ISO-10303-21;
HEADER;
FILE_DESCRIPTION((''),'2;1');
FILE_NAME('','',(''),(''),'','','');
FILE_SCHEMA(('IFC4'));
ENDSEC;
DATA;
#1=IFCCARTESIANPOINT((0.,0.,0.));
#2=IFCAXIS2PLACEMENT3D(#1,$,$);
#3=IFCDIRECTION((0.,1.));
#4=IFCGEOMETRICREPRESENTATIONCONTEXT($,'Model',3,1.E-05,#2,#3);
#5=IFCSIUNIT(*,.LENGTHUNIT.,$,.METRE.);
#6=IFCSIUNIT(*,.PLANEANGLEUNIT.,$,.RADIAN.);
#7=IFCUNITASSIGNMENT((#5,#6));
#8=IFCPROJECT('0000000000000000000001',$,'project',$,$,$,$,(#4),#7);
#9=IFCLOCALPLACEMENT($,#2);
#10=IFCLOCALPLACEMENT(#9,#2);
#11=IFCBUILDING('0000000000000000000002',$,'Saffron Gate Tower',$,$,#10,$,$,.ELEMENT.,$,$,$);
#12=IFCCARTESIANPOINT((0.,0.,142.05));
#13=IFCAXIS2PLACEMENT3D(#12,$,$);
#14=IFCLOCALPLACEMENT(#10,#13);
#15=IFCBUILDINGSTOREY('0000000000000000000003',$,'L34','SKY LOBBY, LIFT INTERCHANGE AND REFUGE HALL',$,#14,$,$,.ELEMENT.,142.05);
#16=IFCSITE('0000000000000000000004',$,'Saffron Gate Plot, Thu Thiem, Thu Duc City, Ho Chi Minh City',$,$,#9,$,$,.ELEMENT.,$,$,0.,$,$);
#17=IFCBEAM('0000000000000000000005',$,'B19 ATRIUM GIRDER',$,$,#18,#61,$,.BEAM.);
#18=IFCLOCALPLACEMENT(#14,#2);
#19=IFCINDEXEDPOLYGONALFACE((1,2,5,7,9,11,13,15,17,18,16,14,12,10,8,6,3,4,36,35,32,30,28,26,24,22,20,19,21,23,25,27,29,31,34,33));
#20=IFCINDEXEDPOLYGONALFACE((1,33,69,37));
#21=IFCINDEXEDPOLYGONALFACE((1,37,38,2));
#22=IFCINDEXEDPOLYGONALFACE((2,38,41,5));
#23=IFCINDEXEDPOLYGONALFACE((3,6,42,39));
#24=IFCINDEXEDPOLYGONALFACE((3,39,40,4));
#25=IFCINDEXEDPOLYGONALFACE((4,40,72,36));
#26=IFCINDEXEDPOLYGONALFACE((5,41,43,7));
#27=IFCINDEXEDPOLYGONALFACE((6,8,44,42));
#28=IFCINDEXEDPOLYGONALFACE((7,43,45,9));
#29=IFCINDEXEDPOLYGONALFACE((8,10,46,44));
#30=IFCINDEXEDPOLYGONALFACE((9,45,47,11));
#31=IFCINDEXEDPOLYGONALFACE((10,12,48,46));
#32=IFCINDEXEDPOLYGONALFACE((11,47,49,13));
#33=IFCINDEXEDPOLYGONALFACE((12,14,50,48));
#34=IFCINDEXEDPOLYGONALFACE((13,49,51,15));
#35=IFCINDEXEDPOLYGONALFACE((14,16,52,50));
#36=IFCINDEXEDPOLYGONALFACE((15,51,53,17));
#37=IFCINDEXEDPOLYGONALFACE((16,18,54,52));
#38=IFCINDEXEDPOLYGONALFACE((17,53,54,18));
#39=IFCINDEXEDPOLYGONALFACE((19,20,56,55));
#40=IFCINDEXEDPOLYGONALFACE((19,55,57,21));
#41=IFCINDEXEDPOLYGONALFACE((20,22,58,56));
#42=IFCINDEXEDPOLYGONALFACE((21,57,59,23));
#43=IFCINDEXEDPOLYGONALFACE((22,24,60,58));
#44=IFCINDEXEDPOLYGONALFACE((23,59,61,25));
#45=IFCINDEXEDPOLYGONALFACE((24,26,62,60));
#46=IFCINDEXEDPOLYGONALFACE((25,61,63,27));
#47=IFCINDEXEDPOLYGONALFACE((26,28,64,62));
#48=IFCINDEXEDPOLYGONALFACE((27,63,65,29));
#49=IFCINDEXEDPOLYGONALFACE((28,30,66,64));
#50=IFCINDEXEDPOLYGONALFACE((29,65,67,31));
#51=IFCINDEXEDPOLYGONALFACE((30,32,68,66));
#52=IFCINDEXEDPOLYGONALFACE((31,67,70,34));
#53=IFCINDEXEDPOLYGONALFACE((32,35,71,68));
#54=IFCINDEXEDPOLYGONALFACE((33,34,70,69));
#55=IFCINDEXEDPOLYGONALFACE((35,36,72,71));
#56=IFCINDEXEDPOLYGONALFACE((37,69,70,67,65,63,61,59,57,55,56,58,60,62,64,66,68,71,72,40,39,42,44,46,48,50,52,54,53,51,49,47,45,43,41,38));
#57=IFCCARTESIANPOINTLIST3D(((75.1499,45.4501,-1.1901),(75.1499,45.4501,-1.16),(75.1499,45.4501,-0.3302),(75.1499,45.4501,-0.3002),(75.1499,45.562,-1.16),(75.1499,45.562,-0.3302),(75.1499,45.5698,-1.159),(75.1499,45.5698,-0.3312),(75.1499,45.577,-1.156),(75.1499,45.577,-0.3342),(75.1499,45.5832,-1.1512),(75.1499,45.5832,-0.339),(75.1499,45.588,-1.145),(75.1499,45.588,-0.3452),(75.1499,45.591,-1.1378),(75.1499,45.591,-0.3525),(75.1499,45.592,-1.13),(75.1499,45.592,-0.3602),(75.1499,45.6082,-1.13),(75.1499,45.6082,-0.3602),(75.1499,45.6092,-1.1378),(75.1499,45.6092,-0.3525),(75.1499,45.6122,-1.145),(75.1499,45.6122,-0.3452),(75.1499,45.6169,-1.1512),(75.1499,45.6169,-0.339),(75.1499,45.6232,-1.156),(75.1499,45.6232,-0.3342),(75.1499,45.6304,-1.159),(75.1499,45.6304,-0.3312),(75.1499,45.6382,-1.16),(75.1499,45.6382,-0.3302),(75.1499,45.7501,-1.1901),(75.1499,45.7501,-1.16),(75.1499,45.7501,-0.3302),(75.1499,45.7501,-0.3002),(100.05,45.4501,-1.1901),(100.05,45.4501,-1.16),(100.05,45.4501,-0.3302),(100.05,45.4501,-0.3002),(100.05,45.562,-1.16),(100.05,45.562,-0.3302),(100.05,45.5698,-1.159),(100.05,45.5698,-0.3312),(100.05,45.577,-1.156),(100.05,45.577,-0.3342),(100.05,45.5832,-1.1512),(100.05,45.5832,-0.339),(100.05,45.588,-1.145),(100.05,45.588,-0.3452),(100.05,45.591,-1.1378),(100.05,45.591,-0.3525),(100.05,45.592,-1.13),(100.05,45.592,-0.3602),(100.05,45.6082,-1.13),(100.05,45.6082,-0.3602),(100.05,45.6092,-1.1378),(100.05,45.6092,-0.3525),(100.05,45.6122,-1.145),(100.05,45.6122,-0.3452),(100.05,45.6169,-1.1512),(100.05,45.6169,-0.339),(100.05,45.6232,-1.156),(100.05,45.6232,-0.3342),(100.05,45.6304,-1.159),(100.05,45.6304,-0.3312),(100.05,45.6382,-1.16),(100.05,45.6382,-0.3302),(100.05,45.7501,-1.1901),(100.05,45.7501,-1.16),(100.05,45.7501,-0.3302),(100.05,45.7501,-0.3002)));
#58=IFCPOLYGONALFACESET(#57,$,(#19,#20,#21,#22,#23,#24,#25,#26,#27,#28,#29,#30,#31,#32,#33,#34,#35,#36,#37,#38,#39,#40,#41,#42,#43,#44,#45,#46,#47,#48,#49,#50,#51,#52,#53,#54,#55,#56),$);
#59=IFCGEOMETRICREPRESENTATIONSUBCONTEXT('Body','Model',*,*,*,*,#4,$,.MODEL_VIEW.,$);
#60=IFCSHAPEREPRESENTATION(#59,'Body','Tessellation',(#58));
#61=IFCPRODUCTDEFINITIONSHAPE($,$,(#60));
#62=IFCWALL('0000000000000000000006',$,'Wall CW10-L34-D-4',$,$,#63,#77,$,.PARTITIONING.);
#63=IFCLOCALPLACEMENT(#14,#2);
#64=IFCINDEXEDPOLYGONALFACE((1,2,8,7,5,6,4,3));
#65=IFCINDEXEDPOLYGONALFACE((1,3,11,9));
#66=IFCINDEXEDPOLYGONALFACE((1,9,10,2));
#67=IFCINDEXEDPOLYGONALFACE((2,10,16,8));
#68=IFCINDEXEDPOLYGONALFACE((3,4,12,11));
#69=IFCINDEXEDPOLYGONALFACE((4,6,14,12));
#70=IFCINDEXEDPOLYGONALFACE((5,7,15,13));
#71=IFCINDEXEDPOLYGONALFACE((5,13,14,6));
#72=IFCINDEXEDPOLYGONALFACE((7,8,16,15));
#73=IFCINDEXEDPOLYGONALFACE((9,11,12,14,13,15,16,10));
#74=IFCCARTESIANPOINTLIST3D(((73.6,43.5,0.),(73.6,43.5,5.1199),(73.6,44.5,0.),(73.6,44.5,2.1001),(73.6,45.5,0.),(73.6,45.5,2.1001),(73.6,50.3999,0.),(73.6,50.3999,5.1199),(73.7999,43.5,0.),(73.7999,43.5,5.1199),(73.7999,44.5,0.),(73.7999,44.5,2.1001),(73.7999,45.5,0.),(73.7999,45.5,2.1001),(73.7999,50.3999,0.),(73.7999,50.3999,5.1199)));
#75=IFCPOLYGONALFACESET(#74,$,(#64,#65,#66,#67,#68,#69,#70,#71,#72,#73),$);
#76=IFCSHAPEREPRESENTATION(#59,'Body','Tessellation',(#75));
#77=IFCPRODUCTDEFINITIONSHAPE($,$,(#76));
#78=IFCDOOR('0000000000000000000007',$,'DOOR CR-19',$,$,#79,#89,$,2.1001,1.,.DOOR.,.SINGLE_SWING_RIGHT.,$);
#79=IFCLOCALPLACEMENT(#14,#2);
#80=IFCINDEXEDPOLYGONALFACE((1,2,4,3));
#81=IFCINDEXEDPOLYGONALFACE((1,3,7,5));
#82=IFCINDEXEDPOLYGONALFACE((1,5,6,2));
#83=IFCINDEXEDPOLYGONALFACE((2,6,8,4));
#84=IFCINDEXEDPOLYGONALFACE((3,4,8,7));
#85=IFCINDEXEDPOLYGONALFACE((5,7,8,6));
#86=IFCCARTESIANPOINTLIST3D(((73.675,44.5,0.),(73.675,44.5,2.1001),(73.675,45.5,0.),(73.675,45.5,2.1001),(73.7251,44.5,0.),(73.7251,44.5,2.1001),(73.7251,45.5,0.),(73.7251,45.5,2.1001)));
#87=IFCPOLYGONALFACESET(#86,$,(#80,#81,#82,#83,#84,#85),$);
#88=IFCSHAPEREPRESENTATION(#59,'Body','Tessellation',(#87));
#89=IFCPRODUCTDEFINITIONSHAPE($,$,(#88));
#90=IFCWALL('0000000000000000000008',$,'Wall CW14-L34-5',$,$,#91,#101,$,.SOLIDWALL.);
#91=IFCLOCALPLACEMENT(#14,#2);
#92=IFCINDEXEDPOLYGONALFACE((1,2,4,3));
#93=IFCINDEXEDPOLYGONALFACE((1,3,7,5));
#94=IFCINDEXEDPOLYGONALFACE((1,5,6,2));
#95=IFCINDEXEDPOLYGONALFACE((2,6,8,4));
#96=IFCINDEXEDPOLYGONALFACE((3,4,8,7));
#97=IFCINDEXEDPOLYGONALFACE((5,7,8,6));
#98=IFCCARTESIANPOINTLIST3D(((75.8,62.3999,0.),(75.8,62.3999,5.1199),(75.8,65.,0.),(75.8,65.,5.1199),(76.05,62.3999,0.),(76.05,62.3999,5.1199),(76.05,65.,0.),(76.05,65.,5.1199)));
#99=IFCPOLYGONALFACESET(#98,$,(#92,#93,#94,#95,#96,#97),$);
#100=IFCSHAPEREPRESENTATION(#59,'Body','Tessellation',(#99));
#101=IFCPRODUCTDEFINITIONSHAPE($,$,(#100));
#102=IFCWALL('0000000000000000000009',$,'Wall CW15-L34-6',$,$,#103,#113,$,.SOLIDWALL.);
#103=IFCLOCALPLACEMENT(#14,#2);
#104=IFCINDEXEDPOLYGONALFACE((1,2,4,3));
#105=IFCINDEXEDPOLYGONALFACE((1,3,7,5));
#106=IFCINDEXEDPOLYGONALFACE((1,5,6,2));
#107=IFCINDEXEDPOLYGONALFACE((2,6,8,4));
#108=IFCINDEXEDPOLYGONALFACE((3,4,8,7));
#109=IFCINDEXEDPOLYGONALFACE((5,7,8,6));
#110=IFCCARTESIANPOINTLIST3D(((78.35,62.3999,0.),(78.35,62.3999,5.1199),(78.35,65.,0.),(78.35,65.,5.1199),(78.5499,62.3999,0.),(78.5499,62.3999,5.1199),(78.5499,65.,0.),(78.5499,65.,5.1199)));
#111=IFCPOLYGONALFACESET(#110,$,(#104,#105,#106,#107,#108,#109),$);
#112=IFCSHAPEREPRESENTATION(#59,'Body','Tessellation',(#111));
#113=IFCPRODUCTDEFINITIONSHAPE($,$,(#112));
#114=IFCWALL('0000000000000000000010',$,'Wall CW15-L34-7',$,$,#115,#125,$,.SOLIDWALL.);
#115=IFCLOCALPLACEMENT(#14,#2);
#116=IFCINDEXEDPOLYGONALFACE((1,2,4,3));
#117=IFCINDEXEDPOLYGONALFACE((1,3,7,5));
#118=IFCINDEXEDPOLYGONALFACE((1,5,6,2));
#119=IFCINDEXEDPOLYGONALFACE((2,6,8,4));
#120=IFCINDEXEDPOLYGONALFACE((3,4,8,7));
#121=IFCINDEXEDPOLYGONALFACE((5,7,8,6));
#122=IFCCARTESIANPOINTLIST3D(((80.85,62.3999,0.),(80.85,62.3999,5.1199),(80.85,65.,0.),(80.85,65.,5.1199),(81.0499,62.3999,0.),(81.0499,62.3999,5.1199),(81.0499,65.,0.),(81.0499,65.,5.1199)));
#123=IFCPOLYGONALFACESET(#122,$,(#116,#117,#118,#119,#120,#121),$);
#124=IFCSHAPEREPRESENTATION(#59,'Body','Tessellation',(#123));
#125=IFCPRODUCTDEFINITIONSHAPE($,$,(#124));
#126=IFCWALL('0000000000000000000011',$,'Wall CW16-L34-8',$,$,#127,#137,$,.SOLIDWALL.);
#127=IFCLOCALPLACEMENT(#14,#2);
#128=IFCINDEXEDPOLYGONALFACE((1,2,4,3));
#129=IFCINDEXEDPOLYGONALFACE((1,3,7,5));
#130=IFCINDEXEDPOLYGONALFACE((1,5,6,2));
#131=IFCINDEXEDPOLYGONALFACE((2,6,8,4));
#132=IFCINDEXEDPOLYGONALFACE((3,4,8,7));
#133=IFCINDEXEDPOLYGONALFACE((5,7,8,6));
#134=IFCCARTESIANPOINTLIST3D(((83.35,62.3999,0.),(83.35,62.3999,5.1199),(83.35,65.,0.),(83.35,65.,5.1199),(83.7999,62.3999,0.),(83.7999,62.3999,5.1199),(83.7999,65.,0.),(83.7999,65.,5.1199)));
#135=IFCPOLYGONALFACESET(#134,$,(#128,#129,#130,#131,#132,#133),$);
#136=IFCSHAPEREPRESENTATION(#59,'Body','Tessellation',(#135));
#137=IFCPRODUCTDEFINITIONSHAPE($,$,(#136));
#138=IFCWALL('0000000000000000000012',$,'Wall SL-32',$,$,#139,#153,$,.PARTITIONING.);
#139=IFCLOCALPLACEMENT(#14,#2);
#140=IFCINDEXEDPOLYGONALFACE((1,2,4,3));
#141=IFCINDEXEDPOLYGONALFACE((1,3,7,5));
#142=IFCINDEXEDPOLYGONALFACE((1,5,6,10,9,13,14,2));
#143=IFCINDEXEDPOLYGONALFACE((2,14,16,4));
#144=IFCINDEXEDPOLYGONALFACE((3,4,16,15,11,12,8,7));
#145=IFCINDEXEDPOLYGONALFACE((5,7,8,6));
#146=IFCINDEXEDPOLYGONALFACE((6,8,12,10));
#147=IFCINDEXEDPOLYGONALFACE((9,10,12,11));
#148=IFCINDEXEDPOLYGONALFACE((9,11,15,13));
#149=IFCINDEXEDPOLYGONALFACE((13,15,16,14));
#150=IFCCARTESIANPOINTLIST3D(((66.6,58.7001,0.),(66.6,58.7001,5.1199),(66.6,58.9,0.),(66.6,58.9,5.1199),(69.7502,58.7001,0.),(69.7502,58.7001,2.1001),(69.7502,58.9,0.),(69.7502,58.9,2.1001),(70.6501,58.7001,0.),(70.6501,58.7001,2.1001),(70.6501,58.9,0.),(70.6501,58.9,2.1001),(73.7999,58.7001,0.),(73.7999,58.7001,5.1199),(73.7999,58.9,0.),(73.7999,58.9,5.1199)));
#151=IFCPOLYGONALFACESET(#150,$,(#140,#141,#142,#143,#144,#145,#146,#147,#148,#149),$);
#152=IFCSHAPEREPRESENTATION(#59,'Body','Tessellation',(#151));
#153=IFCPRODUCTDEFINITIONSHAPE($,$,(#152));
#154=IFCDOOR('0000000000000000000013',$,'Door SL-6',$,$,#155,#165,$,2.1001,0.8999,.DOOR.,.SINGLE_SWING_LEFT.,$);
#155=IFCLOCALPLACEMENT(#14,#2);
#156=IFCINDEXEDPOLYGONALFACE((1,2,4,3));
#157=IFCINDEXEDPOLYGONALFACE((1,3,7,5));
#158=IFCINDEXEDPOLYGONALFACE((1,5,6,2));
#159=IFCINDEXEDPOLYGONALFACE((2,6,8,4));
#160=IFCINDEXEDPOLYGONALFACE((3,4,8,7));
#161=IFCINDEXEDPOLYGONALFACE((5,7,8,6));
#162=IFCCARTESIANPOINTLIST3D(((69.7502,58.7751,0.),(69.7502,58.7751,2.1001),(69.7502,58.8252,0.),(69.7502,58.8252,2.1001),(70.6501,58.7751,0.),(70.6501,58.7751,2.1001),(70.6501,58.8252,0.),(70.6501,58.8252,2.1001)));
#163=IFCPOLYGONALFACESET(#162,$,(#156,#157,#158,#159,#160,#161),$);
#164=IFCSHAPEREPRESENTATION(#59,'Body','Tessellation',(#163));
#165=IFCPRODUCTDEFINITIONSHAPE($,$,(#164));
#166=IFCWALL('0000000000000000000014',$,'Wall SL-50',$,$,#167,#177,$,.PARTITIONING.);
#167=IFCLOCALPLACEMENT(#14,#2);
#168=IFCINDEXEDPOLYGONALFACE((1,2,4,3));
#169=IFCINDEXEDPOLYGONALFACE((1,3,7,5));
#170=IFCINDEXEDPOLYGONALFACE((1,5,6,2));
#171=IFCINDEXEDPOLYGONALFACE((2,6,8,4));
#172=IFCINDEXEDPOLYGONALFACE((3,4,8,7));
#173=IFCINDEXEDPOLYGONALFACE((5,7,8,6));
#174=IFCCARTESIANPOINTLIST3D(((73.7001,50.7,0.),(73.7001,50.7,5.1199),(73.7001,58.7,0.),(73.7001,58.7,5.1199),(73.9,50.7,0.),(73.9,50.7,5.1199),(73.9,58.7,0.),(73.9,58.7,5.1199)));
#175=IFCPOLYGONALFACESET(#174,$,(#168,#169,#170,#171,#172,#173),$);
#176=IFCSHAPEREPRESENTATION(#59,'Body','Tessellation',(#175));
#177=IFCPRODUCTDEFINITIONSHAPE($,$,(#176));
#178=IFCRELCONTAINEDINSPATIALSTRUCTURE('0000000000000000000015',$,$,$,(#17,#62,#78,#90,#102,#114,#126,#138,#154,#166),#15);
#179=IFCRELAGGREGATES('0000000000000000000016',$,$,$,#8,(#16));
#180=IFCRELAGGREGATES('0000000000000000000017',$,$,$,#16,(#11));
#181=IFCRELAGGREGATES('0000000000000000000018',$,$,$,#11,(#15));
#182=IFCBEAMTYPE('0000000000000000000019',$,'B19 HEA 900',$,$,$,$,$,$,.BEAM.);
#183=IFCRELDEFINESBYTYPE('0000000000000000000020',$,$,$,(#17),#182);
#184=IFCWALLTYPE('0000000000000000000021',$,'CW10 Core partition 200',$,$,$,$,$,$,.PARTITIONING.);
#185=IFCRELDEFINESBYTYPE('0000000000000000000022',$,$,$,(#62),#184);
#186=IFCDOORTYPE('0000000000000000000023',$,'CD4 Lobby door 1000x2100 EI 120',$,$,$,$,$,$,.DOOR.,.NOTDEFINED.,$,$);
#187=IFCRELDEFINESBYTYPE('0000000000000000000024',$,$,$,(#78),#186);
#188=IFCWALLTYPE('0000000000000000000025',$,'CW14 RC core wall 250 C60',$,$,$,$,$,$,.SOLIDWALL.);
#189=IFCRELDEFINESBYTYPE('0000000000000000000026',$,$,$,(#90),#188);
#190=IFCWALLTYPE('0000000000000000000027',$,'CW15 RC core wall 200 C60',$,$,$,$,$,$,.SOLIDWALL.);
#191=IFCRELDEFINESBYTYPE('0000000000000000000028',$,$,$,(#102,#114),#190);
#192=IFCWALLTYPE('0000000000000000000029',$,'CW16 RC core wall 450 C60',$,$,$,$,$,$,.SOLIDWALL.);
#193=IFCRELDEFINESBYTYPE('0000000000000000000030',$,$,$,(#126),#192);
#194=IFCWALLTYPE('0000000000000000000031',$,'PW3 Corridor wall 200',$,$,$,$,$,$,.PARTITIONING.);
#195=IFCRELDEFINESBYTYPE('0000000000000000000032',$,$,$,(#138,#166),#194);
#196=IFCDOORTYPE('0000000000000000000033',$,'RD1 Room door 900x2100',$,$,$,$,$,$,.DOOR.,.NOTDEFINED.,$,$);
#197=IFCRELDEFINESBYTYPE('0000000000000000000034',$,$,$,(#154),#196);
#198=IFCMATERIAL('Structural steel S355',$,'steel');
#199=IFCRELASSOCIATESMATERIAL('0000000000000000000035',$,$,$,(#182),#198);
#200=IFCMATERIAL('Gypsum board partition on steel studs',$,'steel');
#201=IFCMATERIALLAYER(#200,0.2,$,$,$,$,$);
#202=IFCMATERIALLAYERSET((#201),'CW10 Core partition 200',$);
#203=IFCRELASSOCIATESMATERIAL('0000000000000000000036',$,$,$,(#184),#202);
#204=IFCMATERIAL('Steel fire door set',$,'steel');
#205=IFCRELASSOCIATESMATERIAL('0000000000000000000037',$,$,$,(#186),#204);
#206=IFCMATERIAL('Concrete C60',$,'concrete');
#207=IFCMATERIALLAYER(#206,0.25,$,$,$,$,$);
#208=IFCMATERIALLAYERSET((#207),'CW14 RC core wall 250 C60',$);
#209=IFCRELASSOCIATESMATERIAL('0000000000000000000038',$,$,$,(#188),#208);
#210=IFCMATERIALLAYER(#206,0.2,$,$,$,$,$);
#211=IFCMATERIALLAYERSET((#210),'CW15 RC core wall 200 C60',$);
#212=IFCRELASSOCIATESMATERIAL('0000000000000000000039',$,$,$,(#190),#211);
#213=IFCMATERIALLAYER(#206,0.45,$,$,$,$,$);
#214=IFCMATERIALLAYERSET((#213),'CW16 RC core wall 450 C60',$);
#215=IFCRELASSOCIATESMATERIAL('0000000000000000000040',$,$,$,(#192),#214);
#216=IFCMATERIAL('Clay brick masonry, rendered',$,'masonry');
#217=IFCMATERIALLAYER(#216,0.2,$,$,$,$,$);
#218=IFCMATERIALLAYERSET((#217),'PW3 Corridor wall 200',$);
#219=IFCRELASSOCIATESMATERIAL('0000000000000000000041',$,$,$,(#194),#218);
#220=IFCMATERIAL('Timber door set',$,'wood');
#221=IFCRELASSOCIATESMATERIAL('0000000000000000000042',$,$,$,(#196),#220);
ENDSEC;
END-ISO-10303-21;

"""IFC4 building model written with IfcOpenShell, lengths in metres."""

from ifc_helpers import new_model, si_unit, direction, frame, frame_2d, origin, origin_2d, place, context, subcontext, project, spatial, rectangle, i_section, extrude, material, layer, layer_set, material_profile, profile_set, type_object, element, fill, save


model = new_model("IFC4")

# Units and contexts
model_context = context("Model", 3, precision=1e-05, world=origin(), true_north=direction((0.0, 1.0)))
body_context = subcontext(model_context, "Body", "Model", "MODEL_VIEW")
ifc_project = project(units=[si_unit("LENGTHUNIT", "METRE"), si_unit("PLANEANGLEUNIT", "RADIAN")], contexts=[model_context])

# Site, building, storey
site_placement = place(None, origin())
site = spatial("IfcSite", under=ifc_project, at=site_placement, Name="Saffron Gate Plot, Thu Thiem, Thu Duc City, Ho Chi Minh City", CompositionType="ELEMENT", RefElevation=0.0)
building_placement = place(site_placement, origin())
building = spatial("IfcBuilding", under=site, at=building_placement, Name="Saffron Gate Tower", CompositionType="ELEMENT")
storey_placement = place(building_placement, frame((0.0, 0.0, 142.05)))
storey = spatial("IfcBuildingStorey", under=building, at=storey_placement, Name="L34", Description="SKY LOBBY, LIFT INTERCHANGE AND REFUGE HALL", CompositionType="ELEMENT", Elevation=142.05)

# Beam
ifc_material_1 = material(Name="Structural steel S355", Category="steel")
ifc_material_profile = material_profile(ifc_material_1, i_section(OverallWidth=0.3, OverallDepth=0.8899, WebThickness=0.0161, FlangeThickness=0.03, FilletRadius=0.03, at=origin_2d()))
ifc_profile_set = profile_set([ifc_material_profile], Name="Structural steel S355")
beam_type = type_object("IfcBeamType", Name="B19 HEA 900", PredefinedType="BEAM", material=ifc_profile_set)
beam_placement = place(storey_placement, frame((75.1499, 45.6001, -0.7451), z_axis=(1.0, 0.0, 0.0), x_axis=(0.0, 1.0, 0.0)))
element("IfcBeam", 1, at=beam_placement, inside=storey, type_object=beam_type, Name="B19 ATRIUM GIRDER", PredefinedType="BEAM", context=body_context, shape_type="SweptSolid", body=[
    extrude(i_section(OverallWidth=0.3, OverallDepth=0.8899, WebThickness=0.0161, FlangeThickness=0.03, FilletRadius=0.03, at=origin_2d()), origin(), (0.0, 0.0, 1.0), 24.9001),
])

# Wall, opening, door
ifc_material_2 = material(Name="Gypsum board partition on steel studs", Category="steel")
ifc_layer_1 = layer(ifc_material_2, 0.2)
ifc_layer_set_1 = layer_set([ifc_layer_1], Name="CW10 Core partition 200")
wall_type_1 = type_object("IfcWallType", Name="CW10 Core partition 200", PredefinedType="PARTITIONING", material=ifc_layer_set_1)
wall_1_placement = place(storey_placement, frame((73.7, 43.5, 0.0), z_axis=(0.0, 0.0, 1.0), x_axis=(0.0, 1.0, 0.0)))
wall_1 = element("IfcWall", 2, at=wall_1_placement, inside=storey, type_object=wall_type_1, Name="Wall CW10-L34-D-4", PredefinedType="PARTITIONING", context=body_context, shape_type="SweptSolid", body=[
    extrude(rectangle(XDim=6.8999, YDim=0.2, at=frame_2d((3.45, 0.0))), origin(), (0.0, 0.0, 1.0), 5.1199),
])
opening_1_placement = place(wall_1_placement, frame((1.0, 0.0, 0.0)))
opening_1 = element("IfcOpeningElement", 3, at=opening_1_placement, cuts=wall_1, PredefinedType="OPENING", context=body_context, shape_type="SweptSolid", body=[
    extrude(rectangle(XDim=1.0, YDim=2.1001, at=frame_2d((0.5, 1.05))), frame((0.0, 0.1099, 0.0), z_axis=(0.0, -1.0, 0.0), x_axis=(1.0, 0.0, 0.0)), (0.0, 0.0, 1.0), 0.22),
])
ifc_material_3 = material(Name="Steel fire door set", Category="steel")
door_type_1 = type_object("IfcDoorType", Name="CD4 Lobby door 1000x2100 EI 120", OperationType="NOTDEFINED", PredefinedType="DOOR", material=ifc_material_3)
door_1_placement = place(opening_1_placement, origin())
door_1 = element("IfcDoor", 4, at=door_1_placement, inside=storey, type_object=door_type_1, Name="DOOR CR-19", OperationType="SINGLE_SWING_RIGHT", OverallHeight=2.1001, OverallWidth=1.0, PredefinedType="DOOR", context=body_context, shape_type="SweptSolid", body=[
    extrude(rectangle(XDim=1.0, YDim=2.1001, at=frame_2d((0.5, 1.05))), frame((0.0, 0.0249, 0.0), z_axis=(0.0, -1.0, 0.0), x_axis=(1.0, 0.0, 0.0)), (0.0, 0.0, 1.0), 0.05),
])
fill(opening_1, door_1)

# Walls
ifc_material_4 = material(Name="Concrete C60", Category="concrete")
ifc_layer_2 = layer(ifc_material_4, 0.25)
ifc_layer_set_2 = layer_set([ifc_layer_2], Name="CW14 RC core wall 250 C60")
wall_type_2 = type_object("IfcWallType", Name="CW14 RC core wall 250 C60", PredefinedType="SOLIDWALL", material=ifc_layer_set_2)
wall_2_placement = place(storey_placement, frame((75.925, 62.3999, 0.0), z_axis=(0.0, 0.0, 1.0), x_axis=(0.0, 1.0, 0.0)))
element("IfcWall", 5, at=wall_2_placement, inside=storey, type_object=wall_type_2, Name="Wall CW14-L34-5", PredefinedType="SOLIDWALL", context=body_context, shape_type="SweptSolid", body=[
    extrude(rectangle(XDim=2.6001, YDim=0.25, at=frame_2d((1.3, 0.0))), origin(), (0.0, 0.0, 1.0), 5.1199),
])
ifc_layer_3 = layer(ifc_material_4, 0.2)
ifc_layer_set_3 = layer_set([ifc_layer_3], Name="CW15 RC core wall 200 C60")
wall_type_3 = type_object("IfcWallType", Name="CW15 RC core wall 200 C60", PredefinedType="SOLIDWALL", material=ifc_layer_set_3)
for number, where, z_axis, x_axis, name in (
    (6, (78.45, 62.3999, 0.0), (0.0, 0.0, 1.0), (0.0, 1.0, 0.0), "Wall CW15-L34-6"),
    (7, (80.95, 62.3999, 0.0), (0.0, 0.0, 1.0), (0.0, 1.0, 0.0), "Wall CW15-L34-7"),
):
    element("IfcWall", number, at=place(storey_placement, frame(where, z_axis=z_axis, x_axis=x_axis)), inside=storey, type_object=wall_type_3, Name=name, PredefinedType="SOLIDWALL", context=body_context, shape_type="SweptSolid", body=[
        extrude(rectangle(XDim=2.6001, YDim=0.2, at=frame_2d((1.3, 0.0))), origin(), (0.0, 0.0, 1.0), 5.1199),
    ])
ifc_layer_4 = layer(ifc_material_4, 0.45)
ifc_layer_set_4 = layer_set([ifc_layer_4], Name="CW16 RC core wall 450 C60")
wall_type_4 = type_object("IfcWallType", Name="CW16 RC core wall 450 C60", PredefinedType="SOLIDWALL", material=ifc_layer_set_4)
wall_3_placement = place(storey_placement, frame((83.575, 62.3999, 0.0), z_axis=(0.0, 0.0, 1.0), x_axis=(0.0, 1.0, 0.0)))
element("IfcWall", 8, at=wall_3_placement, inside=storey, type_object=wall_type_4, Name="Wall CW16-L34-8", PredefinedType="SOLIDWALL", context=body_context, shape_type="SweptSolid", body=[
    extrude(rectangle(XDim=2.6001, YDim=0.45, at=frame_2d((1.3, 0.0))), origin(), (0.0, 0.0, 1.0), 5.1199),
])

# Wall, opening, door
ifc_material_5 = material(Name="Clay brick masonry, rendered", Category="masonry")
ifc_layer_5 = layer(ifc_material_5, 0.2)
ifc_layer_set_5 = layer_set([ifc_layer_5], Name="PW3 Corridor wall 200")
wall_type_5 = type_object("IfcWallType", Name="PW3 Corridor wall 200", PredefinedType="PARTITIONING", material=ifc_layer_set_5)
wall_4_placement = place(storey_placement, frame((73.8, 58.8, 0.0), z_axis=(0.0, 0.0, 1.0), x_axis=(-1.0, 0.0, 0.0)))
wall_4 = element("IfcWall", 9, at=wall_4_placement, inside=storey, type_object=wall_type_5, Name="Wall SL-32", PredefinedType="PARTITIONING", context=body_context, shape_type="SweptSolid", body=[
    extrude(rectangle(XDim=7.2, YDim=0.2, at=frame_2d((3.6001, 0.0))), origin(), (0.0, 0.0, 1.0), 5.1199),
])
opening_2_placement = place(wall_4_placement, frame((3.1499, 0.0, 0.0)))
opening_2 = element("IfcOpeningElement", 10, at=opening_2_placement, cuts=wall_4, PredefinedType="OPENING", context=body_context, shape_type="SweptSolid", body=[
    extrude(rectangle(XDim=0.8999, YDim=2.1001, at=frame_2d((0.45, 1.05))), frame((0.0, 0.1099, 0.0), z_axis=(0.0, -1.0, 0.0), x_axis=(1.0, 0.0, 0.0)), (0.0, 0.0, 1.0), 0.22),
])
ifc_material_6 = material(Name="Timber door set", Category="wood")
door_type_2 = type_object("IfcDoorType", Name="RD1 Room door 900x2100", OperationType="NOTDEFINED", PredefinedType="DOOR", material=ifc_material_6)
door_2_placement = place(opening_2_placement, origin())
door_2 = element("IfcDoor", 11, at=door_2_placement, inside=storey, type_object=door_type_2, Name="Door SL-6", OperationType="SINGLE_SWING_LEFT", OverallHeight=2.1001, OverallWidth=0.8999, PredefinedType="DOOR", context=body_context, shape_type="SweptSolid", body=[
    extrude(rectangle(XDim=0.8999, YDim=2.1001, at=frame_2d((0.45, 1.05))), frame((0.0, 0.0249, 0.0), z_axis=(0.0, -1.0, 0.0), x_axis=(1.0, 0.0, 0.0)), (0.0, 0.0, 1.0), 0.05),
])
fill(opening_2, door_2)

# Wall
wall_5_placement = place(storey_placement, frame((73.8, 58.7, 0.0), z_axis=(0.0, 0.0, 1.0), x_axis=(0.0, -1.0, 0.0)))
element("IfcWall", 12, at=wall_5_placement, inside=storey, type_object=wall_type_5, Name="Wall SL-50", PredefinedType="PARTITIONING", context=body_context, shape_type="SweptSolid", body=[
    extrude(rectangle(XDim=8.0, YDim=0.2, at=frame_2d((4.0, 0.0))), origin(), (0.0, 0.0, 1.0), 5.1199),
])

save(model, "model.ifc")
